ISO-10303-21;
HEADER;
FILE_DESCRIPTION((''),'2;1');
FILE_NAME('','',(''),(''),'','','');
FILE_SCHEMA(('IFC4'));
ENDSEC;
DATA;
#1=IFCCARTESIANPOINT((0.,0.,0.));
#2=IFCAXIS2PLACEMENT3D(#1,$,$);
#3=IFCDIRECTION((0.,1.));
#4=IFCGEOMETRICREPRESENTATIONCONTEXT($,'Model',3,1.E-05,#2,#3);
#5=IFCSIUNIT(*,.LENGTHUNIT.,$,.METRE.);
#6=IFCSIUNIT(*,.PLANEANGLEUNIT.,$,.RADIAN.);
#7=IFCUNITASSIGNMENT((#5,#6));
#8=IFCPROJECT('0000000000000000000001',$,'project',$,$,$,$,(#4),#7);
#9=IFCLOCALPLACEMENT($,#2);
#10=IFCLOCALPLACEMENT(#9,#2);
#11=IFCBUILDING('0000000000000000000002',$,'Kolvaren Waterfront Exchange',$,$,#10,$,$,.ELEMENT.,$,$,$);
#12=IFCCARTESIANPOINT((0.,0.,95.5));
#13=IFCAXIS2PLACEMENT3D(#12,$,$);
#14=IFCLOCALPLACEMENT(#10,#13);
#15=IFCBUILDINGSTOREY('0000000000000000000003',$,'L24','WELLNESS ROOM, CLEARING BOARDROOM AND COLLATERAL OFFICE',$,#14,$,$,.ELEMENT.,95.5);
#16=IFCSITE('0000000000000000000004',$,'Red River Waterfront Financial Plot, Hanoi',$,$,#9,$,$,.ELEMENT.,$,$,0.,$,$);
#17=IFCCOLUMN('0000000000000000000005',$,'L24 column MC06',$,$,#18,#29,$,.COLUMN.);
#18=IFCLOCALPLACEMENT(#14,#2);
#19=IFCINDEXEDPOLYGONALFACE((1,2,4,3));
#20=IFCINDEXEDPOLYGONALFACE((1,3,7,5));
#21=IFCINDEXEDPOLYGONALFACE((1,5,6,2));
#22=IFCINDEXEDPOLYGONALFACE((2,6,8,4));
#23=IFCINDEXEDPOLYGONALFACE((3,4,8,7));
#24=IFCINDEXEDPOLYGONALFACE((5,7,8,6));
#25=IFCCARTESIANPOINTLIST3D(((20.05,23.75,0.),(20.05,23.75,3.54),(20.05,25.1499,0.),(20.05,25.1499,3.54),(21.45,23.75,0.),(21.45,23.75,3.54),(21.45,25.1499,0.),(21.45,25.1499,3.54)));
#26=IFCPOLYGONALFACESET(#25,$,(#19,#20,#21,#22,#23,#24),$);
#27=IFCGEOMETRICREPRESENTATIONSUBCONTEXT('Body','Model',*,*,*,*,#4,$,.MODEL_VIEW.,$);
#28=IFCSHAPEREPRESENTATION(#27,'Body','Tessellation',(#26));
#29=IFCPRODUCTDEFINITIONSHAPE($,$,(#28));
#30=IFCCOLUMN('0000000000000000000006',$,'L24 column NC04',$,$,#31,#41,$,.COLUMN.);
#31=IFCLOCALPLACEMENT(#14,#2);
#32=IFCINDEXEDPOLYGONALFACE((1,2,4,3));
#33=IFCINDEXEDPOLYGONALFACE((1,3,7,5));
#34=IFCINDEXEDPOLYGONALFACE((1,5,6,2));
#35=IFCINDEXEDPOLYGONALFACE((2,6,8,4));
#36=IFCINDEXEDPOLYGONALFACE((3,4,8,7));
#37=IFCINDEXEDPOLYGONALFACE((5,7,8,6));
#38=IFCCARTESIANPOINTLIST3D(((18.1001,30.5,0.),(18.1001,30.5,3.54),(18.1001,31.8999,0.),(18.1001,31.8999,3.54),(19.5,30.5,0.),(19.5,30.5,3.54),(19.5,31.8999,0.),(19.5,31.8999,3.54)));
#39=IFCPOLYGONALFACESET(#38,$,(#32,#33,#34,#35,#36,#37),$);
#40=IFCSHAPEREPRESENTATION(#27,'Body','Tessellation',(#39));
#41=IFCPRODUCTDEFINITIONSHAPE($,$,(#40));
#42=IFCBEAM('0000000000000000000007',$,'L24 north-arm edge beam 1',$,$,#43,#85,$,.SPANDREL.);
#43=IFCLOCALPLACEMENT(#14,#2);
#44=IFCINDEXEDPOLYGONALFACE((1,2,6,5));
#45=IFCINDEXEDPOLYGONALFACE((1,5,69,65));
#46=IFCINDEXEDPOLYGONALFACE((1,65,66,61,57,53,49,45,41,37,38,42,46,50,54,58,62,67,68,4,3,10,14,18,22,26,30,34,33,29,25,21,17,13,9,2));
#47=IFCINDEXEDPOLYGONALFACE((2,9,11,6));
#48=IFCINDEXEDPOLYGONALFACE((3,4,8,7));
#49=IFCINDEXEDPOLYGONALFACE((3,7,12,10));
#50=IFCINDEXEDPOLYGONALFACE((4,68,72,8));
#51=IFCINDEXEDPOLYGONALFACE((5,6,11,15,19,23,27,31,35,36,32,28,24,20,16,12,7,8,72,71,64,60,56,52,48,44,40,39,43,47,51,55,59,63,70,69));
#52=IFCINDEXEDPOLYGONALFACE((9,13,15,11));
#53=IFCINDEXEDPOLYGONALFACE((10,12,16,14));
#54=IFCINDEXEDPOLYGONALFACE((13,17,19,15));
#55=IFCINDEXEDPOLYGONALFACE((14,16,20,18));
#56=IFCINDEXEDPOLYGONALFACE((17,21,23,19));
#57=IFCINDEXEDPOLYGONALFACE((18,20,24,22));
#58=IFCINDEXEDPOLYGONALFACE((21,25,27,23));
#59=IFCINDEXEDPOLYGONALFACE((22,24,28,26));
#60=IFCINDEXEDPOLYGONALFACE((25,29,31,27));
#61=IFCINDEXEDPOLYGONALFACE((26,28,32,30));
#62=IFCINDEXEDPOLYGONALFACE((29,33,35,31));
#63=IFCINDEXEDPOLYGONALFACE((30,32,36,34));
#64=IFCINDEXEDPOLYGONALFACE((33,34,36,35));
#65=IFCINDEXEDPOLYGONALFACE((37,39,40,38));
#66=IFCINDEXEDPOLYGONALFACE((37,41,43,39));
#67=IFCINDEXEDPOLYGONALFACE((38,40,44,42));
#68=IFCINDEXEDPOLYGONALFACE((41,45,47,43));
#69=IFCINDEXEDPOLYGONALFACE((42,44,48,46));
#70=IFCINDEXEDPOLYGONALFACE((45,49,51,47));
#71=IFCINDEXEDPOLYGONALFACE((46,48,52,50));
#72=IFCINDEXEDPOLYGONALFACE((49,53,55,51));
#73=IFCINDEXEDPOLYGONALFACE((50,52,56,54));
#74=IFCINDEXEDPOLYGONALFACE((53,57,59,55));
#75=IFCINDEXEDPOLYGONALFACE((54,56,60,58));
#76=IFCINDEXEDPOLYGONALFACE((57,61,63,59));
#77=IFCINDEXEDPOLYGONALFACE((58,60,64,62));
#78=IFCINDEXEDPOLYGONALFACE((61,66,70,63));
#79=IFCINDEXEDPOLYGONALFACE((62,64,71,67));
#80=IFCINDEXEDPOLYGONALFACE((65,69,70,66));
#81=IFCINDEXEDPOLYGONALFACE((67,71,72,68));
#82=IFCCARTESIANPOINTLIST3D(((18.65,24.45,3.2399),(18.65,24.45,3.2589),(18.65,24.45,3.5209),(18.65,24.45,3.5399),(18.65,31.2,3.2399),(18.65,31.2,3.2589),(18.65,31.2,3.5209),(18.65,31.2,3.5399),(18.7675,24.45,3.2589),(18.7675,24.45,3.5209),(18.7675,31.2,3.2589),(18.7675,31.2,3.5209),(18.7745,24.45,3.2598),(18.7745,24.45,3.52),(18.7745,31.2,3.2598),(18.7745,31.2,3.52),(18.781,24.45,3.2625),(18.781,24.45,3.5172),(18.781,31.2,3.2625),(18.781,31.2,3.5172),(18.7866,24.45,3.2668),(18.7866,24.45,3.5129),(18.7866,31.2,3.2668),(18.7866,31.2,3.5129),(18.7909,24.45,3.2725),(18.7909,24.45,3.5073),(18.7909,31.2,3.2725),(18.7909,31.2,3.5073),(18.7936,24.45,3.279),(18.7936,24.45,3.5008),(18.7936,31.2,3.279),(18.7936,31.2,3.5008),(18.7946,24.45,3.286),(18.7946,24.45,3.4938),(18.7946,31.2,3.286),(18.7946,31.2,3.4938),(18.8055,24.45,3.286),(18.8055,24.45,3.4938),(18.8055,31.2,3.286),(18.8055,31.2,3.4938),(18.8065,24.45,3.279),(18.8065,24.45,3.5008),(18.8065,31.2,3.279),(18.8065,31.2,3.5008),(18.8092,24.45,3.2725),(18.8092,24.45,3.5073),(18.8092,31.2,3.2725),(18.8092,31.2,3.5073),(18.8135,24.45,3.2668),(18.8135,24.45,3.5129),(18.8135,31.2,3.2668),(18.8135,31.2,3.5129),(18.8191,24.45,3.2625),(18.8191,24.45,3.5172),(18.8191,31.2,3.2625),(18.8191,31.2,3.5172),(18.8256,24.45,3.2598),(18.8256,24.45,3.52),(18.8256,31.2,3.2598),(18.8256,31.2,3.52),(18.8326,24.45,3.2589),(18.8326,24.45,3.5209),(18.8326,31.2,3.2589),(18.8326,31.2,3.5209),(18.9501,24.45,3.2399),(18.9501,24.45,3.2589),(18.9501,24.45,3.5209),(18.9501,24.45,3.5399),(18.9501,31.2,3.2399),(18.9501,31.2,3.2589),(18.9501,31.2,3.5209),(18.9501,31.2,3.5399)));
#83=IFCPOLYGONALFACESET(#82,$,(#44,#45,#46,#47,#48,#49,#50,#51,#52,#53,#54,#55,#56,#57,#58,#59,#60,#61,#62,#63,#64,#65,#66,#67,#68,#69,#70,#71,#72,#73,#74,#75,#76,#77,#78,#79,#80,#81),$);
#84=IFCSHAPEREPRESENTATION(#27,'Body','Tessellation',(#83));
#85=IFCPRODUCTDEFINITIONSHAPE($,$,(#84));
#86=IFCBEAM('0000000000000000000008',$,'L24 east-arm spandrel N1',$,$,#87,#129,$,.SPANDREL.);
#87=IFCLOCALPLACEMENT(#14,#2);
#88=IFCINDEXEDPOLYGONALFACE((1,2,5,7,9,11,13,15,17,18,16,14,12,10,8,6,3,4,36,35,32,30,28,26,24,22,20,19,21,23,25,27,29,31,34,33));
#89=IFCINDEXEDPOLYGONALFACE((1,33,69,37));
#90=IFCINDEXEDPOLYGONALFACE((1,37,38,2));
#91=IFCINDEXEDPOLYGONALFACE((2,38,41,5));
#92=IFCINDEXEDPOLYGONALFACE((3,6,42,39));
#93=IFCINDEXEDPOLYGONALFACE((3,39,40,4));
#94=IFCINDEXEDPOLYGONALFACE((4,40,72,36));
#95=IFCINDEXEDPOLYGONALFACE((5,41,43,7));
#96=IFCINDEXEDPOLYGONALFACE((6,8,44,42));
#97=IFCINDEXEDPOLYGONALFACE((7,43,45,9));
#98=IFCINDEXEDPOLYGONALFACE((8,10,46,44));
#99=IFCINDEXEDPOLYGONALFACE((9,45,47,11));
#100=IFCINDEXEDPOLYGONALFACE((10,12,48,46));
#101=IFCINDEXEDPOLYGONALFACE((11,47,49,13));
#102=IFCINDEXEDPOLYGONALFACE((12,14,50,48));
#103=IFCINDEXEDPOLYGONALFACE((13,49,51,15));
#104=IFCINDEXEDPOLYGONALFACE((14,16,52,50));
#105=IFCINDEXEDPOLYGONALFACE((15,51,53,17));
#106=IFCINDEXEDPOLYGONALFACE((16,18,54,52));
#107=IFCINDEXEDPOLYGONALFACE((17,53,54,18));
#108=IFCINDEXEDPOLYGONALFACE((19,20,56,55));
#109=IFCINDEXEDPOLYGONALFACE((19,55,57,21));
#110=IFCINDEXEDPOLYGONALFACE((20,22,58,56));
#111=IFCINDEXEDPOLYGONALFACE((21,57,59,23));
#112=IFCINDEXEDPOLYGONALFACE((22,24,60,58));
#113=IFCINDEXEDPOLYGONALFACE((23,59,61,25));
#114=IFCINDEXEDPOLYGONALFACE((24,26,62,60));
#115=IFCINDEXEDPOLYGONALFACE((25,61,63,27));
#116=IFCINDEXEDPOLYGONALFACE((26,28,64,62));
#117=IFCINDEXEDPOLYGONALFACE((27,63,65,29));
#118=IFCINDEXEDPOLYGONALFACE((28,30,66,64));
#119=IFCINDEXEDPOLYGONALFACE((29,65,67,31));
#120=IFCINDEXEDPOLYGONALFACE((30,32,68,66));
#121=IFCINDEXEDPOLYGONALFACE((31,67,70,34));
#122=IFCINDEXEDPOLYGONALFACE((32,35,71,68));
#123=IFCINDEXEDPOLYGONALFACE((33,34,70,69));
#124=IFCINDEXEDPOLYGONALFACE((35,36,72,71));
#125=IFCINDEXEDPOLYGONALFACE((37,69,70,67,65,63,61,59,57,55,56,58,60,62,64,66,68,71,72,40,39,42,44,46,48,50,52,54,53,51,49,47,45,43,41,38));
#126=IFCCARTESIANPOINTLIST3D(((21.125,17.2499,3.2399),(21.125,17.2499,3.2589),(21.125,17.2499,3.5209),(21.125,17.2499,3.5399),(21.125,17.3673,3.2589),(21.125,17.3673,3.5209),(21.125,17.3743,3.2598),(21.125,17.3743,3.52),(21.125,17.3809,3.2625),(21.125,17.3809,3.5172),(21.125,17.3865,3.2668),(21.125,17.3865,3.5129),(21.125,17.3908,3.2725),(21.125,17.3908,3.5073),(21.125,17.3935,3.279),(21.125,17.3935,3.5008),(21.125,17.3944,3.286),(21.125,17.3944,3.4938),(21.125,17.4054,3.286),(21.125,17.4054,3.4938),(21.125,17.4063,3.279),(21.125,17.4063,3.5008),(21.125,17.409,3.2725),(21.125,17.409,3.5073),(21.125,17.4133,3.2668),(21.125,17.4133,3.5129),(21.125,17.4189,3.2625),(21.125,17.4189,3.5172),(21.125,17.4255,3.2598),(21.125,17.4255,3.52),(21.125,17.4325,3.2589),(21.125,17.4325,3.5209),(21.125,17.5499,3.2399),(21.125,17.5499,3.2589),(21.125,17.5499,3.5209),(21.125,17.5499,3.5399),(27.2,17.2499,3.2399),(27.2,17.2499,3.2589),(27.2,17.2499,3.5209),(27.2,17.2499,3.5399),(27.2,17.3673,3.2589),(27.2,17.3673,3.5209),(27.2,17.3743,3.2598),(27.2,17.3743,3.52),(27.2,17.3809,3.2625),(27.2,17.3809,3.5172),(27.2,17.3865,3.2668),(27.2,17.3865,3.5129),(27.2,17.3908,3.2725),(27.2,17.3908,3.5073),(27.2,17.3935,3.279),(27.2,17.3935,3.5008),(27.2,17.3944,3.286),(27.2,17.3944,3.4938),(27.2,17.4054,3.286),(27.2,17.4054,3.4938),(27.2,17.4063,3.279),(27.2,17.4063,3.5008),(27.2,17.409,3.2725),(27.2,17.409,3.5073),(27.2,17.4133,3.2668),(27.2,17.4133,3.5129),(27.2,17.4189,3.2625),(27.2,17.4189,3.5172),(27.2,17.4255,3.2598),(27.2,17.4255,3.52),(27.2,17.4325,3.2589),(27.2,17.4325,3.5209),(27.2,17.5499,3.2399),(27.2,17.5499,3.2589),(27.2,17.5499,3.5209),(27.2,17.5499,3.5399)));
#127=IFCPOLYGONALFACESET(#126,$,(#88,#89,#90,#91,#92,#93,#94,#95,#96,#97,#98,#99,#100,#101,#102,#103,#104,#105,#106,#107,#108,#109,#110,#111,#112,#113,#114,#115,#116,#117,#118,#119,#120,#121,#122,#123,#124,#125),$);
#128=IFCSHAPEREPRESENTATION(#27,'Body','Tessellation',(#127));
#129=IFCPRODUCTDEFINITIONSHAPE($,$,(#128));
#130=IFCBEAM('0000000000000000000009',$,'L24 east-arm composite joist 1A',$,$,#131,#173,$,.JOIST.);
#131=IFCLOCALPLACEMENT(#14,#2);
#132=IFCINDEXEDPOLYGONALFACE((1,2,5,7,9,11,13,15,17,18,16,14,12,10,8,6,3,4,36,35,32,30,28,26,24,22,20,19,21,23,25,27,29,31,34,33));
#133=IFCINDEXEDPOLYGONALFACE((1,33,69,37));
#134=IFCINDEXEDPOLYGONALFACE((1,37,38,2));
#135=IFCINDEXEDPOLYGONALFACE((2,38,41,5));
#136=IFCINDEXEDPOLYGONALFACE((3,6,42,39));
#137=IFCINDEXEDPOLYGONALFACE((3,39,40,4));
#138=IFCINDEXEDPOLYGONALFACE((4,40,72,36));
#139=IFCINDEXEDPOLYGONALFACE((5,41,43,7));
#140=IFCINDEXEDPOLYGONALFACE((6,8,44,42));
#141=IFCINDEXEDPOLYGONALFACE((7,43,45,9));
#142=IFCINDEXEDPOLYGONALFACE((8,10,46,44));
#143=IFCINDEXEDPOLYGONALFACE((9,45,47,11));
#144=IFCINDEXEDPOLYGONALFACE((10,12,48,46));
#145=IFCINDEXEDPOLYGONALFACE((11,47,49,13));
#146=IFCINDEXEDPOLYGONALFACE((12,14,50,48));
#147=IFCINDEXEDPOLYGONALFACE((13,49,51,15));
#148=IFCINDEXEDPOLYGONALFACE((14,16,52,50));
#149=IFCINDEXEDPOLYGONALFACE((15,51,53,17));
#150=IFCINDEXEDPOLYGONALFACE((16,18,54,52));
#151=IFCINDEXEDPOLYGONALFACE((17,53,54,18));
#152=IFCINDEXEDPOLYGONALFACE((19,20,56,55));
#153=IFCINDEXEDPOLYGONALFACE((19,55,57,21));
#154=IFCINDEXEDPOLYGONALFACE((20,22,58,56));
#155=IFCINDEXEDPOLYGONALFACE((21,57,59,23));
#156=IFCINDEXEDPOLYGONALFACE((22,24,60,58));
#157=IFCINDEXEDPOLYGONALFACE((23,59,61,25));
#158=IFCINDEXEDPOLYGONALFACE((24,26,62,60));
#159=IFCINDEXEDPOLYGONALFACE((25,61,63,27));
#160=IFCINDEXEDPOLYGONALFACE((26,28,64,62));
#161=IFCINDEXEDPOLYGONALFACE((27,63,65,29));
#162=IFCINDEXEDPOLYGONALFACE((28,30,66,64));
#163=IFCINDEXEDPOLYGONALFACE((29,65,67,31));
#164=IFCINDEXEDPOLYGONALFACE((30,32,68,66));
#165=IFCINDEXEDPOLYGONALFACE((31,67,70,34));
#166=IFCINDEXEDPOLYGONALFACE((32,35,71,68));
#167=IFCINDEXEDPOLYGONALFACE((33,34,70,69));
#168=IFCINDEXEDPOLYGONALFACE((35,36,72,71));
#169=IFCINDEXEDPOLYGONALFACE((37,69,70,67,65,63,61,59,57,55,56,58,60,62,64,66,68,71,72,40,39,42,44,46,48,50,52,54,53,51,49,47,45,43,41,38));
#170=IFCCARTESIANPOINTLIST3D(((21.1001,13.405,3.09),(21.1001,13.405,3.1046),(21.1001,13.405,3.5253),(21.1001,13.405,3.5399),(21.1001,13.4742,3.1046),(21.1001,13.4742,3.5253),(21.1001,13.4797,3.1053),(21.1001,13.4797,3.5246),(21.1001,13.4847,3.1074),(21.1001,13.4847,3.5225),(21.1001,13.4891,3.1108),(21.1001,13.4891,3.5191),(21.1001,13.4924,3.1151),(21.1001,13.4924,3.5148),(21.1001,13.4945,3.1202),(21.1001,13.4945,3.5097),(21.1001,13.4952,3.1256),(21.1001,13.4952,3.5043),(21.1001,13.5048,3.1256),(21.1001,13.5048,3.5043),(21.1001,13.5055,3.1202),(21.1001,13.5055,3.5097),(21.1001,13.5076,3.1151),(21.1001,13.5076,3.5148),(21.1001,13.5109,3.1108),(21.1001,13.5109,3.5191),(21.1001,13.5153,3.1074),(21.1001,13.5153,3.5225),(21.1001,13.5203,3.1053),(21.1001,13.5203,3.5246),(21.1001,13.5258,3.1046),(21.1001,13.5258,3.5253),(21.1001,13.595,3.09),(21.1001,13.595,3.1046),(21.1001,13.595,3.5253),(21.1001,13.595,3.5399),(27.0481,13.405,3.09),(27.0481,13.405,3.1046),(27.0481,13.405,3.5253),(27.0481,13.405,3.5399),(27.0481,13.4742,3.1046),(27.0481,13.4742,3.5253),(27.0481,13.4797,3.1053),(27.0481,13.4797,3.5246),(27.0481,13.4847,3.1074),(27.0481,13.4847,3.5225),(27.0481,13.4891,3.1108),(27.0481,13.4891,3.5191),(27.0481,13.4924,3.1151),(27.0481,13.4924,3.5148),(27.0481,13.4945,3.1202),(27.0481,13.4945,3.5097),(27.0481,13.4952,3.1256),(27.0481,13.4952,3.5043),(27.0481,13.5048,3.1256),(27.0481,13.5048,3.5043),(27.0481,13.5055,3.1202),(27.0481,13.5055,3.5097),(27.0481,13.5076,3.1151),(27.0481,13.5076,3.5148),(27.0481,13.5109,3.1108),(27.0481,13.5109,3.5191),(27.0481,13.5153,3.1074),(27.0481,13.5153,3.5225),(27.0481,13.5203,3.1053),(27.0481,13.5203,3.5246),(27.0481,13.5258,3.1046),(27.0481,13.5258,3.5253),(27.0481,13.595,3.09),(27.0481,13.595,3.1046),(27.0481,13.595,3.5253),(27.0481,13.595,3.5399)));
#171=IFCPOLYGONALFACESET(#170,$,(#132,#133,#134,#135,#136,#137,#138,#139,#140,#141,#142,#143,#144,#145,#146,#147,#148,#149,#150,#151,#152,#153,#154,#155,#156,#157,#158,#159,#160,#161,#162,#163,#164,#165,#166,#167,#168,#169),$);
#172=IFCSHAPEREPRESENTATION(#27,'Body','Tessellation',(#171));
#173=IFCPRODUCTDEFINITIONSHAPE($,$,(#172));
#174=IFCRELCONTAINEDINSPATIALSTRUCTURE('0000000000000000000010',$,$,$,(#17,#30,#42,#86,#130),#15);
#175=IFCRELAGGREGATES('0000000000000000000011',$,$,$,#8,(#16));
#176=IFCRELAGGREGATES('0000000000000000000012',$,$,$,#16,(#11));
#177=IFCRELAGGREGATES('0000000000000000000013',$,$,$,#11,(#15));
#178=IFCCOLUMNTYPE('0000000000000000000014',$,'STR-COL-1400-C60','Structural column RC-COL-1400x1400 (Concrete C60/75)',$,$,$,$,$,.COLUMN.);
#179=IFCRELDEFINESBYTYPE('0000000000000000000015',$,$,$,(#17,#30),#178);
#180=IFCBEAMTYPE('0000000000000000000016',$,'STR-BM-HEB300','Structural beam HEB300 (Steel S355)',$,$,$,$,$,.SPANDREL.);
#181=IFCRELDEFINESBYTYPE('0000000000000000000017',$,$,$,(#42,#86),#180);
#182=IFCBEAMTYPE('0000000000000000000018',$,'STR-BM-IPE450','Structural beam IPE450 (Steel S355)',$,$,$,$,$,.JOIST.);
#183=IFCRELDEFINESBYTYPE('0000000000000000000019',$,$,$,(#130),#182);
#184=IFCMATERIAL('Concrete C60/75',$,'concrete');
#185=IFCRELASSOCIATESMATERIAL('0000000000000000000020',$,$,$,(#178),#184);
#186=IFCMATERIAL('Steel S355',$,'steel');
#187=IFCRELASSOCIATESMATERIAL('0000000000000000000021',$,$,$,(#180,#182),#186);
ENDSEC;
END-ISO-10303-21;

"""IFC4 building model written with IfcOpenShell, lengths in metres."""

from ifc_helpers import new_model, si_unit, direction, frame, origin, origin_2d, place, context, subcontext, project, spatial, rectangle, i_section, extrude, material, material_profile, profile_set, type_object, element, save


model = new_model("IFC4")

# Units and contexts
model_context = context("Model", 3, precision=1e-05, world=origin(), true_north=direction((0.0, 1.0)))
body_context = subcontext(model_context, "Body", "Model", "MODEL_VIEW")
ifc_project = project(units=[si_unit("LENGTHUNIT", "METRE"), si_unit("PLANEANGLEUNIT", "RADIAN")], contexts=[model_context])

# Site, building, storey
site_placement = place(None, origin())
site = spatial("IfcSite", under=ifc_project, at=site_placement, Name="Red River Waterfront Financial Plot, Hanoi", CompositionType="ELEMENT", RefElevation=0.0)
building_placement = place(site_placement, origin())
building = spatial("IfcBuilding", under=site, at=building_placement, Name="Kolvaren Waterfront Exchange", CompositionType="ELEMENT")
storey_placement = place(building_placement, frame((0.0, 0.0, 95.5)))
storey = spatial("IfcBuildingStorey", under=building, at=storey_placement, Name="L24", Description="WELLNESS ROOM, CLEARING BOARDROOM AND COLLATERAL OFFICE", CompositionType="ELEMENT", Elevation=95.5)

# Columns
ifc_material_1 = material(Name="Concrete C60/75", Category="concrete")
ifc_material_profile_1 = material_profile(ifc_material_1, rectangle(XDim=1.3999, YDim=1.3999, at=origin_2d()), Name="RC-COL-1400x1400")
ifc_profile_set_1 = profile_set([ifc_material_profile_1], Name="Concrete C60/75")
column_type = type_object("IfcColumnType", Name="STR-COL-1400-C60", Description="Structural column RC-COL-1400x1400 (Concrete C60/75)", PredefinedType="COLUMN", material=ifc_profile_set_1)
for number, where, z_axis, x_axis, name in (
    (1, (20.75, 24.45, 0.0), (0.0, 0.0, 1.0), (1.0, 0.0, 0.0), "L24 column MC06"),
    (2, (18.8, 31.2, 0.0), (0.0, 0.0, 1.0), (1.0, 0.0, 0.0), "L24 column NC04"),
):
    element("IfcColumn", number, at=place(storey_placement, frame(where, z_axis=z_axis, x_axis=x_axis)), inside=storey, type_object=column_type, Name=name, PredefinedType="COLUMN", context=body_context, shape_type="SweptSolid", body=[
        extrude(rectangle(XDim=1.3999, YDim=1.3999, at=origin_2d()), origin(), (0.0, 0.0, 1.0), 3.54),
    ])

# Beams
ifc_material_2 = material(Name="Steel S355", Category="steel")
ifc_material_profile_2 = material_profile(ifc_material_2, i_section(OverallWidth=0.3, OverallDepth=0.3, WebThickness=0.011, FlangeThickness=0.019, FilletRadius=0.0271, at=origin_2d()), Name="HEB300")
ifc_profile_set_2 = profile_set([ifc_material_profile_2], Name="Steel S355")
beam_type_1 = type_object("IfcBeamType", Name="STR-BM-HEB300", Description="Structural beam HEB300 (Steel S355)", PredefinedType="SPANDREL", material=ifc_profile_set_2)
beam_1_placement = place(storey_placement, frame((18.8, 24.45, 3.3899), z_axis=(0.0, 1.0, 0.0), x_axis=(-1.0, 0.0, 0.0)))
element("IfcBeam", 3, at=beam_1_placement, inside=storey, type_object=beam_type_1, Name="L24 north-arm edge beam 1", PredefinedType="SPANDREL", context=body_context, shape_type="SweptSolid", body=[
    extrude(i_section(OverallWidth=0.3, OverallDepth=0.3, WebThickness=0.011, FlangeThickness=0.019, FilletRadius=0.0271, at=origin_2d()), origin(), (0.0, 0.0, 1.0), 6.75),
])
beam_2_placement = place(storey_placement, frame((21.125, 17.3999, 3.3899), z_axis=(1.0, 0.0, 0.0), x_axis=(0.0, 1.0, 0.0)))
element("IfcBeam", 4, at=beam_2_placement, inside=storey, type_object=beam_type_1, Name="L24 east-arm spandrel N1", PredefinedType="SPANDREL", context=body_context, shape_type="SweptSolid", body=[
    extrude(i_section(OverallWidth=0.3, OverallDepth=0.3, WebThickness=0.011, FlangeThickness=0.019, FilletRadius=0.0271, at=origin_2d()), origin(), (0.0, 0.0, 1.0), 6.075),
])
ifc_material_profile_3 = material_profile(ifc_material_2, i_section(OverallWidth=0.1899, OverallDepth=0.45, WebThickness=0.0095, FlangeThickness=0.0146, FilletRadius=0.021, at=origin_2d()), Name="IPE450")
ifc_profile_set_3 = profile_set([ifc_material_profile_3], Name="Steel S355")
beam_type_2 = type_object("IfcBeamType", Name="STR-BM-IPE450", Description="Structural beam IPE450 (Steel S355)", PredefinedType="JOIST", material=ifc_profile_set_3)
for number, where, z_axis, x_axis, name in (
    (5, (21.1001, 13.5, 3.3149), (1.0, 0.0, 0.0), (0.0, 1.0, 0.0), "L24 east-arm composite joist 1A"),
):
    element("IfcBeam", number, at=place(storey_placement, frame(where, z_axis=z_axis, x_axis=x_axis)), inside=storey, type_object=beam_type_2, Name=name, PredefinedType="JOIST", context=body_context, shape_type="SweptSolid", body=[
        extrude(i_section(OverallWidth=0.1899, OverallDepth=0.45, WebThickness=0.0095, FlangeThickness=0.0146, FilletRadius=0.021, at=origin_2d()), origin(), (0.0, 0.0, 1.0), 5.948),
    ])

save(model, "model.ifc")
